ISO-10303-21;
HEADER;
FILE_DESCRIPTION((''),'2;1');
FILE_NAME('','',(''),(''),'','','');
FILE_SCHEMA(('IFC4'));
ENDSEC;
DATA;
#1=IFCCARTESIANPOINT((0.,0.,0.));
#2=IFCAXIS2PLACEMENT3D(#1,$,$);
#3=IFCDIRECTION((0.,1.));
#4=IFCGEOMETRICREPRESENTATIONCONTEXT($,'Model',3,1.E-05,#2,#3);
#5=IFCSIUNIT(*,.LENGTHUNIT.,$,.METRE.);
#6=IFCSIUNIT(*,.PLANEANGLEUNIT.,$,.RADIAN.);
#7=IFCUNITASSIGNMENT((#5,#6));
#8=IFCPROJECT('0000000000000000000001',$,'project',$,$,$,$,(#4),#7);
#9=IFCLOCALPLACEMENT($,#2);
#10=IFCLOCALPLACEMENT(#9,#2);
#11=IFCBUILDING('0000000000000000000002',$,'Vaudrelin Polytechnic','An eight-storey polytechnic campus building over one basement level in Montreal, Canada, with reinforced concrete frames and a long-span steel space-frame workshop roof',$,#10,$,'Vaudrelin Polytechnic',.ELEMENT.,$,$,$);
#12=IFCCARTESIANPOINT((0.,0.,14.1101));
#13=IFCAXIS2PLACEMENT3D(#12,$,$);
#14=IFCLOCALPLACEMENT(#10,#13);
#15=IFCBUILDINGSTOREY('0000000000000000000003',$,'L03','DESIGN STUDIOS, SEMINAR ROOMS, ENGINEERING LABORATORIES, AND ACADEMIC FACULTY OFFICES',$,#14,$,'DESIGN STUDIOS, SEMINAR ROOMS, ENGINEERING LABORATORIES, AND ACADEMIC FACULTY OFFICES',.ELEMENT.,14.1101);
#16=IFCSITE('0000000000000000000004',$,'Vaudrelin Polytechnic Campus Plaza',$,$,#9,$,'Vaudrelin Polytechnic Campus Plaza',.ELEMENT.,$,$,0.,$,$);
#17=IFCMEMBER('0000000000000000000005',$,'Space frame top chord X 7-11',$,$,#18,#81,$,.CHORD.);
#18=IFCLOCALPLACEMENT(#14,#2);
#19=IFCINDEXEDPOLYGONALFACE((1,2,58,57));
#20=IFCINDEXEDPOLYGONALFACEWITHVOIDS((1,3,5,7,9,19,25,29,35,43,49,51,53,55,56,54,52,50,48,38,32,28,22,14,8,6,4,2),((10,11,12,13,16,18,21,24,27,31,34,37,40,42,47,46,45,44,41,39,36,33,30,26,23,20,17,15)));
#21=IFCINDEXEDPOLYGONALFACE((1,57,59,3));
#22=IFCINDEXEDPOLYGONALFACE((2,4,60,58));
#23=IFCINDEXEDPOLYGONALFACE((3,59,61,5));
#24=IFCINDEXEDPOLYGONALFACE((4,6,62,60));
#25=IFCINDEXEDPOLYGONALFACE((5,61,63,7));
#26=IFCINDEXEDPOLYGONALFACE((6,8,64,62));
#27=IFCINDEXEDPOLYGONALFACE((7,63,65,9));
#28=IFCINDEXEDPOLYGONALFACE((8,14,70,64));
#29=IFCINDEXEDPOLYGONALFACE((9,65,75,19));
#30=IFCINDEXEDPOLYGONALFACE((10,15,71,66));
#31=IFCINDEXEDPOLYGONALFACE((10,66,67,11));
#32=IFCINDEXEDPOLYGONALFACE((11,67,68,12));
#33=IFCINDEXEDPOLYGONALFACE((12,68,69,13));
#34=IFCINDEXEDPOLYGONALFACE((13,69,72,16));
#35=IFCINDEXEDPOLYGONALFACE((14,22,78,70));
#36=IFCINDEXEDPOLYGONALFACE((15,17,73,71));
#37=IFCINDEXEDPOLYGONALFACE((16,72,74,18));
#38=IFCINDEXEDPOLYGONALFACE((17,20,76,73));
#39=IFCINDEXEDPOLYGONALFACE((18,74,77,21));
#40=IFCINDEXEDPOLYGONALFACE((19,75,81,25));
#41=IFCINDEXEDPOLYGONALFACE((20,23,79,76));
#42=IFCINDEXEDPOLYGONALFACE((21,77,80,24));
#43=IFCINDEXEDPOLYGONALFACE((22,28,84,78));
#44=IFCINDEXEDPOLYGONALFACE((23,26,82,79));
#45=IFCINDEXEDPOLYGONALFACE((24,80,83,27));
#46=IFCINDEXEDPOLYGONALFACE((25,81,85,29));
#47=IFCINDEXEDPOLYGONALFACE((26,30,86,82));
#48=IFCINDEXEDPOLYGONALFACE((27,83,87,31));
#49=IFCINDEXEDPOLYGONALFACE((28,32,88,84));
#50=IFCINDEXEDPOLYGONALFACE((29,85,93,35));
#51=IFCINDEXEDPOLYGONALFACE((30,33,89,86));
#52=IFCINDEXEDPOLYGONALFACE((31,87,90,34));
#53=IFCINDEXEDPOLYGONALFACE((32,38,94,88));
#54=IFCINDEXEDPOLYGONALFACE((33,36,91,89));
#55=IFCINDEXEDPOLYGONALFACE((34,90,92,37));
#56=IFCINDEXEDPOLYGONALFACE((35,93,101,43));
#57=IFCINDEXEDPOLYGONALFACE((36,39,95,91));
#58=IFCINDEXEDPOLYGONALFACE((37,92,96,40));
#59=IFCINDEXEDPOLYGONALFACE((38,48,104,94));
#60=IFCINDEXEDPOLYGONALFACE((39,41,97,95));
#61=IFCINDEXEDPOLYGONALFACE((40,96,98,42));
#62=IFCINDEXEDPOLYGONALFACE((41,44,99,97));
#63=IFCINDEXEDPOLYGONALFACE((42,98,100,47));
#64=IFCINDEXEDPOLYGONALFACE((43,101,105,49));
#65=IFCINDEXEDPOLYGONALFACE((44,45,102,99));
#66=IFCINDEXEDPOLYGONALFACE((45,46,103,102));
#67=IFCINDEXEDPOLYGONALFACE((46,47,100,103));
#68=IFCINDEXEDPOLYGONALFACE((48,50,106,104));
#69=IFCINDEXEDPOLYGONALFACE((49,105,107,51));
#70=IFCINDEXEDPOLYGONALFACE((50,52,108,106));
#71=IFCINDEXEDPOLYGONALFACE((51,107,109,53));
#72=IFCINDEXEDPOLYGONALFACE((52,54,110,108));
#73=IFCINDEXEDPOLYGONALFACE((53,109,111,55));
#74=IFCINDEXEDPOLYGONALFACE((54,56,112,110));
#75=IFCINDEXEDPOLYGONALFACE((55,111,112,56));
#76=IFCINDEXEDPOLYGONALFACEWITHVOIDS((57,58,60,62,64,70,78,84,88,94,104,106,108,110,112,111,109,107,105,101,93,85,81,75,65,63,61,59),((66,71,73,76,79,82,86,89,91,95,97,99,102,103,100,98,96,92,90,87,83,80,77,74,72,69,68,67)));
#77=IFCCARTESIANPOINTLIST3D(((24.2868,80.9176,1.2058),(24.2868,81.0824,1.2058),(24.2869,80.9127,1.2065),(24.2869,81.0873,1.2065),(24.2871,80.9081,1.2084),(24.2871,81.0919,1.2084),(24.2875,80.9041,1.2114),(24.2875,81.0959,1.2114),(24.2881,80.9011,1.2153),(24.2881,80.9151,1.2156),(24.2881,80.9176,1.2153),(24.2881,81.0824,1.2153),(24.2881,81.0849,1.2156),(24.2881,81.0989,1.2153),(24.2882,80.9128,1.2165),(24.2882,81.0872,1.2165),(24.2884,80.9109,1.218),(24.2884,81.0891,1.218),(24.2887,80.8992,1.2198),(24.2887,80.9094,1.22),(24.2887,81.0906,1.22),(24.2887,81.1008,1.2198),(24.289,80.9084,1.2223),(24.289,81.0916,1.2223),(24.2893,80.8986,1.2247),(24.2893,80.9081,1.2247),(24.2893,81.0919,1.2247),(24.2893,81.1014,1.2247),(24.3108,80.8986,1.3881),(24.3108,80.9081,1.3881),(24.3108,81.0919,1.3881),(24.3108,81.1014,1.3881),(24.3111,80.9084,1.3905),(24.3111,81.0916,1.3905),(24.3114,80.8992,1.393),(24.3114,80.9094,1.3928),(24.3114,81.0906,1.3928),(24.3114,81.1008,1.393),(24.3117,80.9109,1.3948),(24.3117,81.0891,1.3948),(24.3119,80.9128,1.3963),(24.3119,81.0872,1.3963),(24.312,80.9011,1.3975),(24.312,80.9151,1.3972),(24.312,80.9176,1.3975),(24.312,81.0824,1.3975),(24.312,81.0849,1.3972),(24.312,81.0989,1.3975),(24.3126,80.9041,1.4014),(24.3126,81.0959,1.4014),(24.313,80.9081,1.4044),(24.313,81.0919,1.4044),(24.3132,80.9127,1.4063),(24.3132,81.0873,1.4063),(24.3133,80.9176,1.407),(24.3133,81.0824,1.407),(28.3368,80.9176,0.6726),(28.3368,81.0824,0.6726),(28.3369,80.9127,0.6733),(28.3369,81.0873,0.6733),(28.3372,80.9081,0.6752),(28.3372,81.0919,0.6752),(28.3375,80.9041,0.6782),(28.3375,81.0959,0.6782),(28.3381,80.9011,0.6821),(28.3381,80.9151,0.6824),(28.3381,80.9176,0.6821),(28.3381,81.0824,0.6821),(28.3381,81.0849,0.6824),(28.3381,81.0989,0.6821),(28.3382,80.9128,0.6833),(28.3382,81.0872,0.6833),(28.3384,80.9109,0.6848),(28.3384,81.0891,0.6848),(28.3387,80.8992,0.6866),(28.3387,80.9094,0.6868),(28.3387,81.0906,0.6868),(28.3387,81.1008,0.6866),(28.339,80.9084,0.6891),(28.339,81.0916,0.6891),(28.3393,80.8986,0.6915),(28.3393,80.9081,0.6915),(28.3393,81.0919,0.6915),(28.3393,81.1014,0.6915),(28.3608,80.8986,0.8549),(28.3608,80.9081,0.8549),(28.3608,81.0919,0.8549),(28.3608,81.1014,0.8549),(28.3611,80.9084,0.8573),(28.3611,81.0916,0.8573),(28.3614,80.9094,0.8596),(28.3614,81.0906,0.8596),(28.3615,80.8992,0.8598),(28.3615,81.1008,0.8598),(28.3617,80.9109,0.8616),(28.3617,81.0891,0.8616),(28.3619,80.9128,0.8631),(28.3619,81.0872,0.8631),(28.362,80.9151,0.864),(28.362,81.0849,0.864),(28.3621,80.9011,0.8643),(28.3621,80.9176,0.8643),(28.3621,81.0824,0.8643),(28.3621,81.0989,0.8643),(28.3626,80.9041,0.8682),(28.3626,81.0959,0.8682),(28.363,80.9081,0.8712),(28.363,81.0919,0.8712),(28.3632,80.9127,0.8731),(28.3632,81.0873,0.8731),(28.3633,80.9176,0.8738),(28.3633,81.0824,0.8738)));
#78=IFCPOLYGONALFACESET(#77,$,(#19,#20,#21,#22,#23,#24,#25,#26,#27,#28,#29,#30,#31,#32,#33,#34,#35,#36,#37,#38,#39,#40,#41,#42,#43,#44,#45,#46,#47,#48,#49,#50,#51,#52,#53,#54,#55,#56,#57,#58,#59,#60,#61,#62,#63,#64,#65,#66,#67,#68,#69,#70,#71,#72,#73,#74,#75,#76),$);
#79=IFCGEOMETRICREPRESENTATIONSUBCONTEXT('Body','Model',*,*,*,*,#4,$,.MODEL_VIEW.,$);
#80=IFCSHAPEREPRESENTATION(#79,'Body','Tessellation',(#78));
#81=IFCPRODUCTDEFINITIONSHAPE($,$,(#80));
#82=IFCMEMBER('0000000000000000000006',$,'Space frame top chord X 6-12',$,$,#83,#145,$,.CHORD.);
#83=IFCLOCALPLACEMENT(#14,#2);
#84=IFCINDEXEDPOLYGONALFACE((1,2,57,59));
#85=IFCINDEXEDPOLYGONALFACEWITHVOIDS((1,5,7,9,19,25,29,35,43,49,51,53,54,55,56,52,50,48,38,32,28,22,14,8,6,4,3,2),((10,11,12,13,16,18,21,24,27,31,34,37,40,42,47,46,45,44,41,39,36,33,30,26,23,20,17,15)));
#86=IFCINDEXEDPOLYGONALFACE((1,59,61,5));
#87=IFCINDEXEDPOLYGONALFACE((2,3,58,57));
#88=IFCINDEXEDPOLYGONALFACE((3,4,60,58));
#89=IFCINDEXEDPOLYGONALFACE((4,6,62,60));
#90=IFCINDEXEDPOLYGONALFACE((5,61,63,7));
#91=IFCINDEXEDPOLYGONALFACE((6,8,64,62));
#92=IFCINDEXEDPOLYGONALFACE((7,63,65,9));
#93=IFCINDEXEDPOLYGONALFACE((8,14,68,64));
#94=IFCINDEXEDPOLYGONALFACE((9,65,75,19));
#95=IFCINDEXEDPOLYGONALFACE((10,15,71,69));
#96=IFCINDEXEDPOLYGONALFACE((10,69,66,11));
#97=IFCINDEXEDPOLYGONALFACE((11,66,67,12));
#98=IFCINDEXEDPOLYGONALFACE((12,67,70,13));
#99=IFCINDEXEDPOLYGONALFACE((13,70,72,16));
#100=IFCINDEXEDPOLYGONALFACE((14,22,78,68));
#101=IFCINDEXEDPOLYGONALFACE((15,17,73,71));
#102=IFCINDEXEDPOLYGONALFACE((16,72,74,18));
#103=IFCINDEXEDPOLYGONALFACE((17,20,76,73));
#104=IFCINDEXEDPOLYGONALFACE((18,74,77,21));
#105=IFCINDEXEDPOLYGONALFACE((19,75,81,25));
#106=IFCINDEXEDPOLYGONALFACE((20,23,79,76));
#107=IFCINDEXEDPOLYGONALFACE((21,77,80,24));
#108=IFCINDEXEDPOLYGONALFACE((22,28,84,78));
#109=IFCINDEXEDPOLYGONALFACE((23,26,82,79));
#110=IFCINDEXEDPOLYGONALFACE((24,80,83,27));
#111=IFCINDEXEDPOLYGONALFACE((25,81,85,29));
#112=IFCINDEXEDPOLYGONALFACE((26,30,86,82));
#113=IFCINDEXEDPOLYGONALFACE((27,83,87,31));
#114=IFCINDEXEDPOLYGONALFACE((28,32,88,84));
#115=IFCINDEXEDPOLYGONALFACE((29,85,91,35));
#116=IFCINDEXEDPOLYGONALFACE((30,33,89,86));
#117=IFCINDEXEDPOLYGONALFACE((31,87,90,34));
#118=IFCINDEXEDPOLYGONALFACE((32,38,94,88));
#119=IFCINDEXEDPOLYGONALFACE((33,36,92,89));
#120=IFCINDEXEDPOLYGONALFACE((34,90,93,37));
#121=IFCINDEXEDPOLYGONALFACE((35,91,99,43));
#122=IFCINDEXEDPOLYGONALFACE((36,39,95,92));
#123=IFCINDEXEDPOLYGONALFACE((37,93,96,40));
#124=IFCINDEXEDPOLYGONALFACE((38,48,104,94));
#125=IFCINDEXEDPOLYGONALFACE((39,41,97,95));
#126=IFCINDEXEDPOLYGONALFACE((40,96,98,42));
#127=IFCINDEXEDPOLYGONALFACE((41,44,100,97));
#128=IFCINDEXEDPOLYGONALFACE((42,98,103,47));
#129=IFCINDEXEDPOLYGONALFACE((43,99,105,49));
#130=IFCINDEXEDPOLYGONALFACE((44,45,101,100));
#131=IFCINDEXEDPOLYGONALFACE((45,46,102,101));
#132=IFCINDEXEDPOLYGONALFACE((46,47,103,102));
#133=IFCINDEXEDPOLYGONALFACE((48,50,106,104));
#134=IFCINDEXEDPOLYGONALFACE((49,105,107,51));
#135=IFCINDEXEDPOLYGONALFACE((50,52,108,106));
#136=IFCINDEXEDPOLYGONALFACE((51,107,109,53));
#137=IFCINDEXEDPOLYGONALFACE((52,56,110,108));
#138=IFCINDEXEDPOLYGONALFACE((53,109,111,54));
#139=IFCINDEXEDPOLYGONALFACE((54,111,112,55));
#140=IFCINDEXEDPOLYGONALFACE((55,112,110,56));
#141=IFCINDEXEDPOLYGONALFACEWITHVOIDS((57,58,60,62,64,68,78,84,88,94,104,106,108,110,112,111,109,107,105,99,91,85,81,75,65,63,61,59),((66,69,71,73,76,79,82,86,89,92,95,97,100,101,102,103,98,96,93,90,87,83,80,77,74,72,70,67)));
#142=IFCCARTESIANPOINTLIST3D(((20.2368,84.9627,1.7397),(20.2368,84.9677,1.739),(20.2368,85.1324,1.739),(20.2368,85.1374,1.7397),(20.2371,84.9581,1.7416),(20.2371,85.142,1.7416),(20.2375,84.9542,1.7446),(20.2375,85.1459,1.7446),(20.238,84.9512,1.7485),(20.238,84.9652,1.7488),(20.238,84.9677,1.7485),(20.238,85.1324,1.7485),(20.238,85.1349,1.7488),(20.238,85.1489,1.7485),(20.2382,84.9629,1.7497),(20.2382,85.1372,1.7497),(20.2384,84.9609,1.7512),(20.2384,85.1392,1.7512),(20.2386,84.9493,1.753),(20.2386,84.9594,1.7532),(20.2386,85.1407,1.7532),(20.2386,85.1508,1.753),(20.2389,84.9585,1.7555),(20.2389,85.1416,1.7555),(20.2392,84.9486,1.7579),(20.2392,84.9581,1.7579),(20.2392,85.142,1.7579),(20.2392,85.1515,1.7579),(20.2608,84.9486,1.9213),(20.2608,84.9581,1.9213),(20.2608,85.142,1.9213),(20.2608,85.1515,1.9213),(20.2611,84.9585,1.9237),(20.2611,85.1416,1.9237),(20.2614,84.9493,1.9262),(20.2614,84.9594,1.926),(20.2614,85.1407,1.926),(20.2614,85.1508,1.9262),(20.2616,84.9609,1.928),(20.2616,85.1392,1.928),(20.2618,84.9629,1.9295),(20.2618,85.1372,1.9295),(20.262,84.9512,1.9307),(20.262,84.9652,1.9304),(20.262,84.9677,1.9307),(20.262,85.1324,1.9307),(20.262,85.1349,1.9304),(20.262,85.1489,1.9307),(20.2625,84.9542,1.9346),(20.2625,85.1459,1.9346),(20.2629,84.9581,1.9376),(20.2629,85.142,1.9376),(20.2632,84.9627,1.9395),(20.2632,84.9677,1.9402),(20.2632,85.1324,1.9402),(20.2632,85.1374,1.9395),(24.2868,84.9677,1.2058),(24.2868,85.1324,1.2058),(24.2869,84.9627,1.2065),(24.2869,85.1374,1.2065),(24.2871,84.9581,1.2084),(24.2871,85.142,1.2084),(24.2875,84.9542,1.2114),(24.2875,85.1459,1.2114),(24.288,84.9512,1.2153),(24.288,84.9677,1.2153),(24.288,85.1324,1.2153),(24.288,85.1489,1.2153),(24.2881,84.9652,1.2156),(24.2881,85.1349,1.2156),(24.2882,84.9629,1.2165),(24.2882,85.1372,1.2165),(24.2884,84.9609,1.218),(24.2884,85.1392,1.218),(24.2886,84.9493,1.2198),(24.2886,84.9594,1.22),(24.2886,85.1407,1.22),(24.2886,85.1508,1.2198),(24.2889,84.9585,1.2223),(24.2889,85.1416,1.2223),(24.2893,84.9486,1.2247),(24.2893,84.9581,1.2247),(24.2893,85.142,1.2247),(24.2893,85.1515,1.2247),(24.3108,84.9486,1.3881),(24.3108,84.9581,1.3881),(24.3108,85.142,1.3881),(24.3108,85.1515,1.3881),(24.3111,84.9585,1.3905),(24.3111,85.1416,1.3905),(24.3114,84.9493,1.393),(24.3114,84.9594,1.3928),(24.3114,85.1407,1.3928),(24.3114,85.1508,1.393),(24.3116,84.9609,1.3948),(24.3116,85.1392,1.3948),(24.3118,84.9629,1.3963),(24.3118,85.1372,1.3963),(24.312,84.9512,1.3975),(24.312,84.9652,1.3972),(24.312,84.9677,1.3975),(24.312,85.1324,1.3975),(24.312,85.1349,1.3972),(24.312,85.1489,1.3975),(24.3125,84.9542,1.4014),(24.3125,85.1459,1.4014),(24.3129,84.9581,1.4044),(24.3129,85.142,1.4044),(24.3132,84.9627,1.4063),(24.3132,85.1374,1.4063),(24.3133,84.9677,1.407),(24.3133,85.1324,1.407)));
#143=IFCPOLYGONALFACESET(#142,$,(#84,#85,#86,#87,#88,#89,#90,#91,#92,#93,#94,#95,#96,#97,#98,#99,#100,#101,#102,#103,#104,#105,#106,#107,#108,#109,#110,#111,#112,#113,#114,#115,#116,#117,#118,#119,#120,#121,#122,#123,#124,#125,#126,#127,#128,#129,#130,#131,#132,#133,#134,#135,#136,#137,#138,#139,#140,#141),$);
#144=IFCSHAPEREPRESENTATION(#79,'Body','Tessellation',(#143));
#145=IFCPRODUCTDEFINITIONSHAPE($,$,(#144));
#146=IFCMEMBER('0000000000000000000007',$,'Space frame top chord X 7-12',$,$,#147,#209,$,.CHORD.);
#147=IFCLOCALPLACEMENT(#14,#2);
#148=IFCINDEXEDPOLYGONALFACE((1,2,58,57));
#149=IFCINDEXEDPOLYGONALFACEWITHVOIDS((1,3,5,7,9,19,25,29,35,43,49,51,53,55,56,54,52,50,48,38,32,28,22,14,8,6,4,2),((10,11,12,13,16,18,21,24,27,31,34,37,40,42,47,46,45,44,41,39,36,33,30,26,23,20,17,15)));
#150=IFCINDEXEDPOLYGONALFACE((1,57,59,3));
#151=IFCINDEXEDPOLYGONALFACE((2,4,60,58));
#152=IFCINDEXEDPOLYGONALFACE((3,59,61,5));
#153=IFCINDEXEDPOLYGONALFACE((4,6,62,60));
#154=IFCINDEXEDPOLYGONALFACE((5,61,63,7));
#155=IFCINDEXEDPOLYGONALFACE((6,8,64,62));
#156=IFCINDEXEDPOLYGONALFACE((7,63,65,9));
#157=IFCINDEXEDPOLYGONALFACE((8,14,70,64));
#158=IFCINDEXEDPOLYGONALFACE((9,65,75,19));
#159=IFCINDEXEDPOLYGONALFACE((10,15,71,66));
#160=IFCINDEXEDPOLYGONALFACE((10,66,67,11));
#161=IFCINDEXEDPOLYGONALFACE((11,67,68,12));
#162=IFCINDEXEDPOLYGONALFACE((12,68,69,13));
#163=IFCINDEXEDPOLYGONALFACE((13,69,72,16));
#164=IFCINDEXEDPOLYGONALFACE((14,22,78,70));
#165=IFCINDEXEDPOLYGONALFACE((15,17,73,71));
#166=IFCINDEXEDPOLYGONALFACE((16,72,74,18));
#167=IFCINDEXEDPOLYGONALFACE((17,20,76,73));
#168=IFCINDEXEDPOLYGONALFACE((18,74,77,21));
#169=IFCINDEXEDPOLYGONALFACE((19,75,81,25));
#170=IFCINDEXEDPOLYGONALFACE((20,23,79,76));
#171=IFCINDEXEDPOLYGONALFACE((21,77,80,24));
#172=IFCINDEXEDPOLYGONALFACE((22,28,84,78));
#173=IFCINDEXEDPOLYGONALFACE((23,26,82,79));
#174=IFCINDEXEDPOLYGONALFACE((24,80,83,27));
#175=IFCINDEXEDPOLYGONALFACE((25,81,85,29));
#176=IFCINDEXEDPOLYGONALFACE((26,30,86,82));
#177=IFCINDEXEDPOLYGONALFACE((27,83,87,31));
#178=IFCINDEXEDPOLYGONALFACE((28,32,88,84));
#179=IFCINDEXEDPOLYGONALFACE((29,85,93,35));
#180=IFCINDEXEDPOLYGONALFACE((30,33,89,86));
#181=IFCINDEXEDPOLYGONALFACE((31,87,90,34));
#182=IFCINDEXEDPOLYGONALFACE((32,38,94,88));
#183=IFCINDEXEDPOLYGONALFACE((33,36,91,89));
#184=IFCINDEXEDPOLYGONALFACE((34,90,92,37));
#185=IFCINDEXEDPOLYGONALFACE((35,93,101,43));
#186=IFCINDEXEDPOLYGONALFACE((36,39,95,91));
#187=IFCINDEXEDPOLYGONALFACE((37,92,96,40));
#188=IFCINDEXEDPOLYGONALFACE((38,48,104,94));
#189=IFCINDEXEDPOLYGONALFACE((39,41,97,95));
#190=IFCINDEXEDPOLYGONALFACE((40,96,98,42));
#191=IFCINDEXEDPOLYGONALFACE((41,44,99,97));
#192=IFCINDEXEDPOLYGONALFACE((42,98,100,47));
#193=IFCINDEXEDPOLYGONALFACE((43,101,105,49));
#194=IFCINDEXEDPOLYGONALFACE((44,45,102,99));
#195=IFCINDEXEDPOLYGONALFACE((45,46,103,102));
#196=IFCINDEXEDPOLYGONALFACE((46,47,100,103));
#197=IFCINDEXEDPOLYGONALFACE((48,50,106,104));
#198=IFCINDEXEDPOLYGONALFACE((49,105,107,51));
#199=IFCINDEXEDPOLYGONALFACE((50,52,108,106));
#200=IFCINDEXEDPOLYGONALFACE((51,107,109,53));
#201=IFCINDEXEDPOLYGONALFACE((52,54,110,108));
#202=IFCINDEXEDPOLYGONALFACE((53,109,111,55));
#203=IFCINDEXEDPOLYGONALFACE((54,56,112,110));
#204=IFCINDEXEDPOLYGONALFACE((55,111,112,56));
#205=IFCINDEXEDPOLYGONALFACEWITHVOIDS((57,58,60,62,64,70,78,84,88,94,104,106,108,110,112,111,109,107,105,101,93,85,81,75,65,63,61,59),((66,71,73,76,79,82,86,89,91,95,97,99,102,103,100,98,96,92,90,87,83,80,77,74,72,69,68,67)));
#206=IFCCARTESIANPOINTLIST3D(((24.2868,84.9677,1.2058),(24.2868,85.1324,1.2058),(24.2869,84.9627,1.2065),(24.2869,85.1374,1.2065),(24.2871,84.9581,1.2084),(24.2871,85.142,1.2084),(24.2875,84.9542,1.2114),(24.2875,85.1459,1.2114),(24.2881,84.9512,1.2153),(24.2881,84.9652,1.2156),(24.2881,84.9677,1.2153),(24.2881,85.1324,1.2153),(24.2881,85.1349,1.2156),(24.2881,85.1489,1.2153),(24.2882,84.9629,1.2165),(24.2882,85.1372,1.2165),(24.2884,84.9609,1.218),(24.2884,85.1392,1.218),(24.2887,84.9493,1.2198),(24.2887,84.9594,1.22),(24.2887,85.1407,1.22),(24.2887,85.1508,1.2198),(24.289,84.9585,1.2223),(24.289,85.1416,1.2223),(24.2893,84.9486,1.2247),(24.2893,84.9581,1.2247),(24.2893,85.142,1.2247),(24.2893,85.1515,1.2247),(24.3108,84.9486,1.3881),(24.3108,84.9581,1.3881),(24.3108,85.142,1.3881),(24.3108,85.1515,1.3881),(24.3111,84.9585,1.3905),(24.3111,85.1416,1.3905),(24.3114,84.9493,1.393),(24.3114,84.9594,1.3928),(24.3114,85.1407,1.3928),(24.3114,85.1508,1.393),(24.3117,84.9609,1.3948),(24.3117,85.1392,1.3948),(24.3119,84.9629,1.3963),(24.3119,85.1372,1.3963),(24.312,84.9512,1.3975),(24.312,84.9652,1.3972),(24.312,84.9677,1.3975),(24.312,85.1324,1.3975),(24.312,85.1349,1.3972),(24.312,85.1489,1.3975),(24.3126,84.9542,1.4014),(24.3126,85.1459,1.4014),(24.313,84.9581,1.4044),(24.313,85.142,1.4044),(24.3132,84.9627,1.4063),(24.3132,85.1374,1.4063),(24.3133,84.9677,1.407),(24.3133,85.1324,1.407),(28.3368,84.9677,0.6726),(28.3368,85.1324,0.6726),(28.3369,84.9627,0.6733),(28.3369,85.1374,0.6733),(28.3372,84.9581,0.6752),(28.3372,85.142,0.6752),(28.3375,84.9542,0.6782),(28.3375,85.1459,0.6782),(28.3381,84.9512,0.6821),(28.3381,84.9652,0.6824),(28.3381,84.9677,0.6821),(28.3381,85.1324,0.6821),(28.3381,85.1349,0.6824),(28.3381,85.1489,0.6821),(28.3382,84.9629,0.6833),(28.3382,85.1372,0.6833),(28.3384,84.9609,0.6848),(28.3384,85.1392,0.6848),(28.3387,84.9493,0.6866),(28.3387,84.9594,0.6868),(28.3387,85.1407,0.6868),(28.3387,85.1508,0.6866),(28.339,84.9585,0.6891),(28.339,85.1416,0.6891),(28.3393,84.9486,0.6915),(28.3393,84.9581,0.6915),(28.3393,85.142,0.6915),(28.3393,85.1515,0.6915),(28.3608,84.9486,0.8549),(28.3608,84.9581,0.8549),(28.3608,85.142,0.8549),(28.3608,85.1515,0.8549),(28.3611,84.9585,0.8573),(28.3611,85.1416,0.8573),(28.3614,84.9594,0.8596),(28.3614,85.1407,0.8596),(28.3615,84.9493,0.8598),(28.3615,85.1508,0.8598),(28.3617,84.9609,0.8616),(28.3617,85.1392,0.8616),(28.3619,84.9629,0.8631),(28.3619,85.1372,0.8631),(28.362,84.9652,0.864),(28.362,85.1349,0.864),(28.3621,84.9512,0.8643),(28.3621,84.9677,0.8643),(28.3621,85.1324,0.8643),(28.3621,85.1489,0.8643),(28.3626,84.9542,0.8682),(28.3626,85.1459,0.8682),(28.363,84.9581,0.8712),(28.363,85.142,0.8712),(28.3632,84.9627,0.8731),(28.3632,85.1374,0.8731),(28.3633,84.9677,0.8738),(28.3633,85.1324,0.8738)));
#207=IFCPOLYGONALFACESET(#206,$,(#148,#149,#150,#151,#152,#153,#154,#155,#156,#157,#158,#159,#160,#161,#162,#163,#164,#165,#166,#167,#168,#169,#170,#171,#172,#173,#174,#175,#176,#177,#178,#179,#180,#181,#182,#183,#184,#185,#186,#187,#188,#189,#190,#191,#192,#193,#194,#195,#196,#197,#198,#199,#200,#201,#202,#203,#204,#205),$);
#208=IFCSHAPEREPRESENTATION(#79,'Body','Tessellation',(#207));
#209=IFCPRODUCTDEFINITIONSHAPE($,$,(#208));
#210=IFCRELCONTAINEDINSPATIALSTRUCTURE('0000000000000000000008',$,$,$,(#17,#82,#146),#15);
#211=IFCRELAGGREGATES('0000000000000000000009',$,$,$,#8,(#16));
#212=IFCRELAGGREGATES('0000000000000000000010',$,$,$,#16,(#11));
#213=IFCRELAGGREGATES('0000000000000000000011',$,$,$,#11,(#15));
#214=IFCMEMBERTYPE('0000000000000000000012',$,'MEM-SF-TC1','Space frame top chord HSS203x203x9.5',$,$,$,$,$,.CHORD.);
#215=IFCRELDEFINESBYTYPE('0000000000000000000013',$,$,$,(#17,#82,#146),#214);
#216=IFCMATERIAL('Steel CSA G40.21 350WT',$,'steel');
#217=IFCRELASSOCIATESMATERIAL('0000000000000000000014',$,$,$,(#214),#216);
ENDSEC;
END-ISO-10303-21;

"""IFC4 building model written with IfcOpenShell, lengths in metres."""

from ifc_helpers import new_model, si_unit, direction, frame, origin, origin_2d, place, context, subcontext, project, spatial, hollow_rectangle, extrude, material, material_profile, profile_set, type_object, element, save


model = new_model("IFC4")

# Units and contexts
model_context = context("Model", 3, precision=1e-05, world=origin(), true_north=direction((0.0, 1.0)))
body_context = subcontext(model_context, "Body", "Model", "MODEL_VIEW")
ifc_project = project(units=[si_unit("LENGTHUNIT", "METRE"), si_unit("PLANEANGLEUNIT", "RADIAN")], contexts=[model_context])

# Site, building, storey
site_placement = place(None, origin())
site = spatial("IfcSite", under=ifc_project, at=site_placement, Name="Vaudrelin Polytechnic Campus Plaza", LongName="Vaudrelin Polytechnic Campus Plaza", CompositionType="ELEMENT", RefElevation=0.0)
building_placement = place(site_placement, origin())
building = spatial("IfcBuilding", under=site, at=building_placement, Name="Vaudrelin Polytechnic", Description="An eight-storey polytechnic campus building over one basement level in Montreal, Canada, with reinforced concrete frames and a long-span steel space-frame workshop roof", LongName="Vaudrelin Polytechnic", CompositionType="ELEMENT")
storey_placement = place(building_placement, frame((0.0, 0.0, 14.1101)))
storey = spatial("IfcBuildingStorey", under=building, at=storey_placement, Name="L03", Description="DESIGN STUDIOS, SEMINAR ROOMS, ENGINEERING LABORATORIES, AND ACADEMIC FACULTY OFFICES", LongName="DESIGN STUDIOS, SEMINAR ROOMS, ENGINEERING LABORATORIES, AND ACADEMIC FACULTY OFFICES", CompositionType="ELEMENT", Elevation=14.1101)

# Members
ifc_material = material(Name="Steel CSA G40.21 350WT", Category="steel")
ifc_material_profile_1 = material_profile(ifc_material, hollow_rectangle(XDim=0.2029, YDim=0.2029, WallThickness=0.0095, InnerFilletRadius=0.0095, OuterFilletRadius=0.019, at=origin_2d()), Name="HSS203x203x9.5")
ifc_profile_set_1 = profile_set([ifc_material_profile_1], Name="Steel CSA G40.21 350WT")
member_type_1 = type_object("IfcMemberType", Name="MEM-SF-TC1", Description="Space frame top chord HSS203x203x9.5", PredefinedType="CHORD", material=ifc_profile_set_1)
for number, where, z_axis, x_axis, name in (
    (1, (24.3, 81.0, 1.3064), (0.991445, 0.0, -0.130527), (0.0, 1.0, 0.0), "Space frame top chord X 7-11"),
    (2, (20.25, 85.05, 1.8396), (0.991445, 0.0, -0.130527), (0.0, 1.0, 0.0), "Space frame top chord X 6-12"),
    (3, (24.3, 85.05, 1.3064), (0.991445, 0.0, -0.130527), (0.0, 1.0, 0.0), "Space frame top chord X 7-12"),
):
    element("IfcMember", number, at=place(storey_placement, frame(where, z_axis=z_axis, x_axis=x_axis)), inside=storey, type_object=member_type_1, Name=name, PredefinedType="CHORD", context=body_context, shape_type="SweptSolid", body=[
        extrude(hollow_rectangle(XDim=0.2029, YDim=0.2029, WallThickness=0.0095, InnerFilletRadius=0.0095, OuterFilletRadius=0.019, at=origin_2d()), origin(), (0.0, 0.0, 1.0), 4.085),
    ])

save(model, "model.ifc")
